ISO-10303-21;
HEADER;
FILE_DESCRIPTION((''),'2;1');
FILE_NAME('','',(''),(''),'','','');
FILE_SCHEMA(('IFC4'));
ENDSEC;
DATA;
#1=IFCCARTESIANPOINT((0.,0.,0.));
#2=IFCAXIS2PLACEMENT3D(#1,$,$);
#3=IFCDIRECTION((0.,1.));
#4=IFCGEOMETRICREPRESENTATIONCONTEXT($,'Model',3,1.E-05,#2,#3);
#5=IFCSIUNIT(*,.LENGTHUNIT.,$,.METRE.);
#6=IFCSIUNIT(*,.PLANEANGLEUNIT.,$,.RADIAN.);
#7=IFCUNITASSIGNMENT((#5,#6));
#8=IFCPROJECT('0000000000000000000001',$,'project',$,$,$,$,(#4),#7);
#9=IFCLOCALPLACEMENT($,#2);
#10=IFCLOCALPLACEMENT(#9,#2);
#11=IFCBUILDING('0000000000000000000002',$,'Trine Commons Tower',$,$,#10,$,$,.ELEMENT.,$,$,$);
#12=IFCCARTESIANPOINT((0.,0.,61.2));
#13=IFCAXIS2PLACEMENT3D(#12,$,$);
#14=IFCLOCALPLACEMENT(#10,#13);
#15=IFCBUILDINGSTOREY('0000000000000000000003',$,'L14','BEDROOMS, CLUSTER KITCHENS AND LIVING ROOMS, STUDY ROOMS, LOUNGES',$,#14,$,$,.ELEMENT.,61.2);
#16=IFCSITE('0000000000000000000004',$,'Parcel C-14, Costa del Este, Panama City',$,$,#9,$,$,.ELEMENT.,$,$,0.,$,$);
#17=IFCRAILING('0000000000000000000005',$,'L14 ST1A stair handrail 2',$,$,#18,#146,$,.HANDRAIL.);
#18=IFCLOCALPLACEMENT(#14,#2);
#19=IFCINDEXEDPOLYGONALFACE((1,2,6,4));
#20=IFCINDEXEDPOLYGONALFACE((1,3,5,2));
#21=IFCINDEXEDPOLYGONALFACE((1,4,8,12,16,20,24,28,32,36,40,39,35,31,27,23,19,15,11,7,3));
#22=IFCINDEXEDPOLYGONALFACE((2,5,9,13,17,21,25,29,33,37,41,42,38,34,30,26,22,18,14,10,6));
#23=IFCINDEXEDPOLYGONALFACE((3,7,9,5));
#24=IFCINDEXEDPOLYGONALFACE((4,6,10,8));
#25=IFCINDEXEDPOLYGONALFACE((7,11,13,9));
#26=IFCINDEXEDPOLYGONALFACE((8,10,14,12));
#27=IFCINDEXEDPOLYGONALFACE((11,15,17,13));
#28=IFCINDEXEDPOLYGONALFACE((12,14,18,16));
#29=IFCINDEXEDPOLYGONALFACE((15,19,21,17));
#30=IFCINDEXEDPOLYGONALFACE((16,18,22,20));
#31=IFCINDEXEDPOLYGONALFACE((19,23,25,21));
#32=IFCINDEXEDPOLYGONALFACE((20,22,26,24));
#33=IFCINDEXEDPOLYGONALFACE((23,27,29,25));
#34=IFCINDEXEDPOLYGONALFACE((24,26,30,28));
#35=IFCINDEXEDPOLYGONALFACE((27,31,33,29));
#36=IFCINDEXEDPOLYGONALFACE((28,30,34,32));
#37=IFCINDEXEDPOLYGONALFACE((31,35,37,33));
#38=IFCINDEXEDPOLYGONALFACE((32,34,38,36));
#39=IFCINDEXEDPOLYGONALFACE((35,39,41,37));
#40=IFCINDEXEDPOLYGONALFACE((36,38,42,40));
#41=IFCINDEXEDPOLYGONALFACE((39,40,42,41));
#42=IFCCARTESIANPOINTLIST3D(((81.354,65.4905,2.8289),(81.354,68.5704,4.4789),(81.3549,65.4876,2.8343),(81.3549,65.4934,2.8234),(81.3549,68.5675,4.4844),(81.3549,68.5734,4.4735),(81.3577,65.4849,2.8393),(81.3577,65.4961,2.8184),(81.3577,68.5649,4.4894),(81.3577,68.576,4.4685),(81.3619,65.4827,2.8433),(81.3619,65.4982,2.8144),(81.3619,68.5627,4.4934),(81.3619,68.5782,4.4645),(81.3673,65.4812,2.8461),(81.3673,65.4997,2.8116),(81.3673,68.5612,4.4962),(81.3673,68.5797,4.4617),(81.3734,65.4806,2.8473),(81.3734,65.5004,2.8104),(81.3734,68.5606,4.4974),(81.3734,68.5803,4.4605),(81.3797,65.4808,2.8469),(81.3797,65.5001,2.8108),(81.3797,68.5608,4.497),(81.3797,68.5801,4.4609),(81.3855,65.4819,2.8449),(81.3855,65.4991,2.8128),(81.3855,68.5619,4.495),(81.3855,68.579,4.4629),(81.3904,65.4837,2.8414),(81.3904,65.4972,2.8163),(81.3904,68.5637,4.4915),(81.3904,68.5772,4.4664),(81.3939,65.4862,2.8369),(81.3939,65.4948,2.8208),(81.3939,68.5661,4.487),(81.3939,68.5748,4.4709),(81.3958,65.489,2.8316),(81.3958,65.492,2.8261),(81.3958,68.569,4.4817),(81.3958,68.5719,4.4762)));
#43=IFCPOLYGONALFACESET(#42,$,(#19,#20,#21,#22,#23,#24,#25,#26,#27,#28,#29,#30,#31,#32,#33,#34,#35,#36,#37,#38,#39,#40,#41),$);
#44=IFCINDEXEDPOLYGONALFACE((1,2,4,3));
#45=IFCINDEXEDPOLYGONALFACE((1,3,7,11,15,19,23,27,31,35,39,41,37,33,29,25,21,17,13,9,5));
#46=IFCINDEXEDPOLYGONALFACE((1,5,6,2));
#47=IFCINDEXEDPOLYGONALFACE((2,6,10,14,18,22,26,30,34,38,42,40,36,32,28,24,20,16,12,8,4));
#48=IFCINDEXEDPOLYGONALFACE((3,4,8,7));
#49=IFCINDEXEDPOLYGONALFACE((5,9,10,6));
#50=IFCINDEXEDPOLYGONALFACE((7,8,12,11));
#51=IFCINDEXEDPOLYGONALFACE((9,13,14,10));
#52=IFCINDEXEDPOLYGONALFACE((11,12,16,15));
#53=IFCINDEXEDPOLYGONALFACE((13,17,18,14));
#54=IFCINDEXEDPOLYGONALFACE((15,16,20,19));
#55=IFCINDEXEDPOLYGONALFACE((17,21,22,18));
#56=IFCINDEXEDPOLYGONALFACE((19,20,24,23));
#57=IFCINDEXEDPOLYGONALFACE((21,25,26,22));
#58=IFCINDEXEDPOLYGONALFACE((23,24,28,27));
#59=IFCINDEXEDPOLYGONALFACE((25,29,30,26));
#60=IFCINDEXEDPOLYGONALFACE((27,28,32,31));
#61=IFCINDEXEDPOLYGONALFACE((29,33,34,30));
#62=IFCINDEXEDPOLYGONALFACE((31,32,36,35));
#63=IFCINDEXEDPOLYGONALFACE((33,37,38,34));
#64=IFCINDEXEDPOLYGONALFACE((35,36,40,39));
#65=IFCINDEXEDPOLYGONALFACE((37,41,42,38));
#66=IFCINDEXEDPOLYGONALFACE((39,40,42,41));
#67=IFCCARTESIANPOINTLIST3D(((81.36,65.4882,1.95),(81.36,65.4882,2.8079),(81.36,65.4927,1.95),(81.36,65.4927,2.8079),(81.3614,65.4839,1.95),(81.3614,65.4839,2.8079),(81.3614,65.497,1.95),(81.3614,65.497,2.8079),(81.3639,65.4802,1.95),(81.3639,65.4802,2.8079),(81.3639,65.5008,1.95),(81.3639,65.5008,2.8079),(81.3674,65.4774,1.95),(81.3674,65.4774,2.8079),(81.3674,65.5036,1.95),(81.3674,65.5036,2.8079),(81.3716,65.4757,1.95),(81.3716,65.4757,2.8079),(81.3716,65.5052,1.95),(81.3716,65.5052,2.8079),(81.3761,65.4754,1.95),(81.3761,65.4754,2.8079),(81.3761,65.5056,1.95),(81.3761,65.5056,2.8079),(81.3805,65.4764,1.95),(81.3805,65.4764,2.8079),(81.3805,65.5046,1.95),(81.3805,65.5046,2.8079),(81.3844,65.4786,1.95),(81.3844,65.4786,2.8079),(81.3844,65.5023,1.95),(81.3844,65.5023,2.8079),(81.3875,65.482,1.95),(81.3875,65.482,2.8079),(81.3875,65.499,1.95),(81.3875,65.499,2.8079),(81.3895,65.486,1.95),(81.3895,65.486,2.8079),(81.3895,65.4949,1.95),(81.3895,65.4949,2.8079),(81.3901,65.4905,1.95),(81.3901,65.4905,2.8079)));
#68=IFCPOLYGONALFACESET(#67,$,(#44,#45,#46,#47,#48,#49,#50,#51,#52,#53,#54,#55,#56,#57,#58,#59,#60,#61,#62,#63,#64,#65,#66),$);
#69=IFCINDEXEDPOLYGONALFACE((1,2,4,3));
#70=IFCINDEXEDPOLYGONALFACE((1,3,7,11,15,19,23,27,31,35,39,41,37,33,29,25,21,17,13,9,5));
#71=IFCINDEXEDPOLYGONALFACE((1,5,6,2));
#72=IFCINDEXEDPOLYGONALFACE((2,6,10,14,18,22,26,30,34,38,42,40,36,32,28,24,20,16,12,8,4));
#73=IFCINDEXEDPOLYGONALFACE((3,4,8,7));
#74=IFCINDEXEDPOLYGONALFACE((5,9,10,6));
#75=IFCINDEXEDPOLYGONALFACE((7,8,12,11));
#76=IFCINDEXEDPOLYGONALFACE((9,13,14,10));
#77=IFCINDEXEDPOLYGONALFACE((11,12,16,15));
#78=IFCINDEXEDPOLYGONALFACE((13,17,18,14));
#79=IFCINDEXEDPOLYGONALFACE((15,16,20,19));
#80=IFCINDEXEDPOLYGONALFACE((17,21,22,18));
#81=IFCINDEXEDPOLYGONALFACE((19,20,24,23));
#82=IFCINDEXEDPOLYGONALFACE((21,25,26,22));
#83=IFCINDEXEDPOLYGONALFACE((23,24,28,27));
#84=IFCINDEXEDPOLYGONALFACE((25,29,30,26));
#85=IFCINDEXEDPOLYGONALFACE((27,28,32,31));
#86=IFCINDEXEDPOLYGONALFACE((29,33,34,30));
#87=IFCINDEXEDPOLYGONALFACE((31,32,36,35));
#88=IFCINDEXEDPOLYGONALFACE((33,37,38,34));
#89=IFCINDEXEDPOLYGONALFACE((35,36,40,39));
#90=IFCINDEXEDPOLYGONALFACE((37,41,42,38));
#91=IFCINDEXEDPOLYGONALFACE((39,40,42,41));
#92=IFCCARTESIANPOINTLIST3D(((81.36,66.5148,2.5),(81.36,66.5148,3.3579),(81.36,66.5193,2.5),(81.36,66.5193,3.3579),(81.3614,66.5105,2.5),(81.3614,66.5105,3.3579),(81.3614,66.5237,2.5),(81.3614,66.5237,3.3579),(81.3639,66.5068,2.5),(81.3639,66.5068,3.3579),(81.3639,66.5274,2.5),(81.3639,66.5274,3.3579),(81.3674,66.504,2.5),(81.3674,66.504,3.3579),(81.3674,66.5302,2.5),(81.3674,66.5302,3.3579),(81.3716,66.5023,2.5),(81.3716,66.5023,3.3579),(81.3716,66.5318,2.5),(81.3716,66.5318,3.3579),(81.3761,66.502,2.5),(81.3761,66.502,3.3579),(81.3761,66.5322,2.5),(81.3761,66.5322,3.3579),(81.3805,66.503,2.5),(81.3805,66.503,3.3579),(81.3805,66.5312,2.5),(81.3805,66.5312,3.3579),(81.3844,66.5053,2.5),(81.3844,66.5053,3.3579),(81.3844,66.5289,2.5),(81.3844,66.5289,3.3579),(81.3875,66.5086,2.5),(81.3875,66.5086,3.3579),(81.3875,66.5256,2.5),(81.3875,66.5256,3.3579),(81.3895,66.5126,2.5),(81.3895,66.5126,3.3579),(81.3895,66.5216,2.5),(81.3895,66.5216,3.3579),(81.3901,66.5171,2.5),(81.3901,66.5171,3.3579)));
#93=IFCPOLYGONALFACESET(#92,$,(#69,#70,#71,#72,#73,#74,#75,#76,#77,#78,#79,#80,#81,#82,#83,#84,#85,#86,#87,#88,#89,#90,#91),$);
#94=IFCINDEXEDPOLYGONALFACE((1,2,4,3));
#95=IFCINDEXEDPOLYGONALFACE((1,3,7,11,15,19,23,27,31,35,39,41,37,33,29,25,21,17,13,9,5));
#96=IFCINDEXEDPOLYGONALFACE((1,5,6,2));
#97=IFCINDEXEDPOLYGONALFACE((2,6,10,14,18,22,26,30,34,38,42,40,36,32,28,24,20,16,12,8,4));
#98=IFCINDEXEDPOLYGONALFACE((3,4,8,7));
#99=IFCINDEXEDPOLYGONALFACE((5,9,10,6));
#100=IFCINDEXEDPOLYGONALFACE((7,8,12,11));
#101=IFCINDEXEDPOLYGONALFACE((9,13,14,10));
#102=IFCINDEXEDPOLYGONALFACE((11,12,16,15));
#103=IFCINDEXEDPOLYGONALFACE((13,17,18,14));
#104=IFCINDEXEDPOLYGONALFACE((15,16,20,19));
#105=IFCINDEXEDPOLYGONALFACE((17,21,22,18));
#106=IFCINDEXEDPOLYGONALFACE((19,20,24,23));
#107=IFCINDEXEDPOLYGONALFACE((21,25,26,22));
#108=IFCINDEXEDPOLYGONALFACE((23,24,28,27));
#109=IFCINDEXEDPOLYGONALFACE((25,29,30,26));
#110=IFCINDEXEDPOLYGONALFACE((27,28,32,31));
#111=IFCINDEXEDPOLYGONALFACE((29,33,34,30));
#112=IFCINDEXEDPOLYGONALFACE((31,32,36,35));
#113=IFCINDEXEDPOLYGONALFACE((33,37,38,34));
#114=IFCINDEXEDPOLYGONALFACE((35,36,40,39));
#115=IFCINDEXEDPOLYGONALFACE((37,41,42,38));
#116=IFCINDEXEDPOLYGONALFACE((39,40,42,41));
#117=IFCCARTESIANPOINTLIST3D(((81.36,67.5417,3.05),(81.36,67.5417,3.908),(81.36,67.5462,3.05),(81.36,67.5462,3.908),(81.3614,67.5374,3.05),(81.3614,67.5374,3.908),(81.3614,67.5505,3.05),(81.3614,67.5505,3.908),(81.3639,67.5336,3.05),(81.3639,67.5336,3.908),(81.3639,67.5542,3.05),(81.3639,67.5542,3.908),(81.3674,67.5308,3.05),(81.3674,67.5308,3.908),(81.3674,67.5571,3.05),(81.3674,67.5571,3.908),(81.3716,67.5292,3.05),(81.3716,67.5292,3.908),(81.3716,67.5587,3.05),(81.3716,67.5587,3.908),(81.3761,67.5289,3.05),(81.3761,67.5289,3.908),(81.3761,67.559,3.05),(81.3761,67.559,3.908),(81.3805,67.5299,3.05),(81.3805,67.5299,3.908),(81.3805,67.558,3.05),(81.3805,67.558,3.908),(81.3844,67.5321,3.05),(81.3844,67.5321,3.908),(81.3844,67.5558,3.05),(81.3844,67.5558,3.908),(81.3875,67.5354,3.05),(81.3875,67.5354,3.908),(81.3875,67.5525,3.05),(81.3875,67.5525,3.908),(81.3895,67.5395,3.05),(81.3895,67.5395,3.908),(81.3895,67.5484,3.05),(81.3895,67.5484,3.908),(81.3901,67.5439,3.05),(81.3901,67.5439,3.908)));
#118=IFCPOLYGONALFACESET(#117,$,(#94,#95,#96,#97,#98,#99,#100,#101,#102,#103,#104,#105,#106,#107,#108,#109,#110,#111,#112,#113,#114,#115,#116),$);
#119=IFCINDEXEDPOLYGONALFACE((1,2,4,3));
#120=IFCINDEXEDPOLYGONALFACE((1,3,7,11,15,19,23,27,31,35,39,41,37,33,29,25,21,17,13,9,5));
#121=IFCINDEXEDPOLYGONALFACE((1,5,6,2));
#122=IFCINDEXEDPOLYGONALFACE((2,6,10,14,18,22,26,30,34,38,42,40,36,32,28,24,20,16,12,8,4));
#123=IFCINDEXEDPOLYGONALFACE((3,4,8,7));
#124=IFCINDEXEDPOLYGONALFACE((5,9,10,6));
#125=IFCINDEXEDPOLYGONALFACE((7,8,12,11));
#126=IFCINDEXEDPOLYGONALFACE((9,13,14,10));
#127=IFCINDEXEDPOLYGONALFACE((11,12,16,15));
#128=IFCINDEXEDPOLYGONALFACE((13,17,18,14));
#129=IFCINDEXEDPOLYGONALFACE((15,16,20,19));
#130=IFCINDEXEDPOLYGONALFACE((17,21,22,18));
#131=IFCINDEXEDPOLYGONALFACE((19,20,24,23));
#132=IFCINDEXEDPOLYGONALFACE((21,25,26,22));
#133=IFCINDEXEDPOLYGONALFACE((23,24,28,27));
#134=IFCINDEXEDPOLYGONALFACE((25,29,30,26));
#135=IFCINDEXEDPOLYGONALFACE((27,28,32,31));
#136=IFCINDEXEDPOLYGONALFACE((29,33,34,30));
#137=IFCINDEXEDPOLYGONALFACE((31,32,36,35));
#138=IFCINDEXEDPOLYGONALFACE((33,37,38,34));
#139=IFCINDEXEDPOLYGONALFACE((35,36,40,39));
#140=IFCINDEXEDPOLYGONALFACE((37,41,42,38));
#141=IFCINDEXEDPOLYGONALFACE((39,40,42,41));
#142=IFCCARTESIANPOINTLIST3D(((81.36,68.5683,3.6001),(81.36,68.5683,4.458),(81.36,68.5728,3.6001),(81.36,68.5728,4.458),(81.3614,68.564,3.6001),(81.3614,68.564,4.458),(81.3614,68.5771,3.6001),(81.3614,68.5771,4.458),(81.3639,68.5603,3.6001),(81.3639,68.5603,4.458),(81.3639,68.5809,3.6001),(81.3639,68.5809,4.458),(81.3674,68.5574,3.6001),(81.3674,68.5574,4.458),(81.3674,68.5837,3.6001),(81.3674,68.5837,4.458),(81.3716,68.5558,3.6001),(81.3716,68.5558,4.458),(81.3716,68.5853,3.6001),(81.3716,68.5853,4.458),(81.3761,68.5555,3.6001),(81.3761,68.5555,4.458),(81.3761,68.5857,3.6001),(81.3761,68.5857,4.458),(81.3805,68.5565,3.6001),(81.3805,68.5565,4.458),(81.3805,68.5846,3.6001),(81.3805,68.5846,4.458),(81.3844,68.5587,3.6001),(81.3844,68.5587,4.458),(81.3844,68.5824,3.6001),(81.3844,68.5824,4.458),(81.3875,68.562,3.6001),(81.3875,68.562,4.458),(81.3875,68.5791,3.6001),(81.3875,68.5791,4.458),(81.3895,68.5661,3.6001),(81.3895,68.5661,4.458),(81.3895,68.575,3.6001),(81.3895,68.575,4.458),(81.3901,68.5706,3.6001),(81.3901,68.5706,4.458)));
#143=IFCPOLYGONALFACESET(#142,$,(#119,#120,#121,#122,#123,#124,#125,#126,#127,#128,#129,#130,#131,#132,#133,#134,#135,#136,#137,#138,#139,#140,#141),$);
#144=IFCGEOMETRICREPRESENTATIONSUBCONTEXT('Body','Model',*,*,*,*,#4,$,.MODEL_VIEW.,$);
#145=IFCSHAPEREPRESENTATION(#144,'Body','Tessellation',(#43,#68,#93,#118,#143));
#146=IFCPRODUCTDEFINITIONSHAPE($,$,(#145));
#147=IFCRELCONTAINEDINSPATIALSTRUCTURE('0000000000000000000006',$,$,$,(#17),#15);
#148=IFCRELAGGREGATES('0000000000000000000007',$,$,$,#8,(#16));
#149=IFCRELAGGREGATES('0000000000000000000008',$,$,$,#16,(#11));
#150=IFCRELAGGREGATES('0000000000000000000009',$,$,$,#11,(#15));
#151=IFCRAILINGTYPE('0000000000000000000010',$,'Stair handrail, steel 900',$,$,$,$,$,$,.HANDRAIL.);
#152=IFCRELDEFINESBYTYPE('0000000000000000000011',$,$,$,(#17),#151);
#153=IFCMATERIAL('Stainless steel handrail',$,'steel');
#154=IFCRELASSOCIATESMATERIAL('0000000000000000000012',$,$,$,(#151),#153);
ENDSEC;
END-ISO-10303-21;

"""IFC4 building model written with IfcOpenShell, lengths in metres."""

from ifc_helpers import new_model, si_unit, direction, frame, origin, origin_2d, place, context, subcontext, project, spatial, circle, extrude, material, type_object, element, save


model = new_model("IFC4")

# Units and contexts
model_context = context("Model", 3, precision=1e-05, world=origin(), true_north=direction((0.0, 1.0)))
body_context = subcontext(model_context, "Body", "Model", "MODEL_VIEW")
ifc_project = project(units=[si_unit("LENGTHUNIT", "METRE"), si_unit("PLANEANGLEUNIT", "RADIAN")], contexts=[model_context])

# Site, building, storey
site_placement = place(None, origin())
site = spatial("IfcSite", under=ifc_project, at=site_placement, Name="Parcel C-14, Costa del Este, Panama City", CompositionType="ELEMENT", RefElevation=0.0)
building_placement = place(site_placement, origin())
building = spatial("IfcBuilding", under=site, at=building_placement, Name="Trine Commons Tower", CompositionType="ELEMENT")
storey_placement = place(building_placement, frame((0.0, 0.0, 61.2)))
storey = spatial("IfcBuildingStorey", under=building, at=storey_placement, Name="L14", Description="BEDROOMS, CLUSTER KITCHENS AND LIVING ROOMS, STUDY ROOMS, LOUNGES", CompositionType="ELEMENT", Elevation=61.2)

# Railing
ifc_material_1 = material(Name="Stainless steel handrail", Category="steel")
railing_type_1 = type_object("IfcRailingType", Name="Stair handrail, steel 900", PredefinedType="HANDRAIL", material=ifc_material_1)
railing_1_placement = place(storey_placement, frame((81.375, 65.4905, 1.95)))
element("IfcRailing", 1, at=railing_1_placement, inside=storey, type_object=railing_type_1, Name="L14 ST1A stair handrail 2", PredefinedType="HANDRAIL", context=body_context, shape_type="SweptSolid", body=[
    extrude(circle(Radius=0.021, at=origin_2d()), frame((0.0, 0.0, 0.8789), z_axis=(0.0, 0.881468, 0.472245), x_axis=(-1.0, 0.0, 0.0)), (0.0, 0.0, 1.0), 3.4941),
    extrude(circle(Radius=0.0151, at=origin_2d()), origin(), (0.0, 0.0, 1.0), 0.8579),
    extrude(circle(Radius=0.0151, at=origin_2d()), frame((0.0, 1.0266, 0.55)), (0.0, 0.0, 1.0), 0.8579),
    extrude(circle(Radius=0.0151, at=origin_2d()), frame((0.0, 2.0535, 1.1001)), (0.0, 0.0, 1.0), 0.8579),
    extrude(circle(Radius=0.0151, at=origin_2d()), frame((0.0, 3.0801, 1.6501)), (0.0, 0.0, 1.0), 0.8579),
])

save(model, "model.ifc")
